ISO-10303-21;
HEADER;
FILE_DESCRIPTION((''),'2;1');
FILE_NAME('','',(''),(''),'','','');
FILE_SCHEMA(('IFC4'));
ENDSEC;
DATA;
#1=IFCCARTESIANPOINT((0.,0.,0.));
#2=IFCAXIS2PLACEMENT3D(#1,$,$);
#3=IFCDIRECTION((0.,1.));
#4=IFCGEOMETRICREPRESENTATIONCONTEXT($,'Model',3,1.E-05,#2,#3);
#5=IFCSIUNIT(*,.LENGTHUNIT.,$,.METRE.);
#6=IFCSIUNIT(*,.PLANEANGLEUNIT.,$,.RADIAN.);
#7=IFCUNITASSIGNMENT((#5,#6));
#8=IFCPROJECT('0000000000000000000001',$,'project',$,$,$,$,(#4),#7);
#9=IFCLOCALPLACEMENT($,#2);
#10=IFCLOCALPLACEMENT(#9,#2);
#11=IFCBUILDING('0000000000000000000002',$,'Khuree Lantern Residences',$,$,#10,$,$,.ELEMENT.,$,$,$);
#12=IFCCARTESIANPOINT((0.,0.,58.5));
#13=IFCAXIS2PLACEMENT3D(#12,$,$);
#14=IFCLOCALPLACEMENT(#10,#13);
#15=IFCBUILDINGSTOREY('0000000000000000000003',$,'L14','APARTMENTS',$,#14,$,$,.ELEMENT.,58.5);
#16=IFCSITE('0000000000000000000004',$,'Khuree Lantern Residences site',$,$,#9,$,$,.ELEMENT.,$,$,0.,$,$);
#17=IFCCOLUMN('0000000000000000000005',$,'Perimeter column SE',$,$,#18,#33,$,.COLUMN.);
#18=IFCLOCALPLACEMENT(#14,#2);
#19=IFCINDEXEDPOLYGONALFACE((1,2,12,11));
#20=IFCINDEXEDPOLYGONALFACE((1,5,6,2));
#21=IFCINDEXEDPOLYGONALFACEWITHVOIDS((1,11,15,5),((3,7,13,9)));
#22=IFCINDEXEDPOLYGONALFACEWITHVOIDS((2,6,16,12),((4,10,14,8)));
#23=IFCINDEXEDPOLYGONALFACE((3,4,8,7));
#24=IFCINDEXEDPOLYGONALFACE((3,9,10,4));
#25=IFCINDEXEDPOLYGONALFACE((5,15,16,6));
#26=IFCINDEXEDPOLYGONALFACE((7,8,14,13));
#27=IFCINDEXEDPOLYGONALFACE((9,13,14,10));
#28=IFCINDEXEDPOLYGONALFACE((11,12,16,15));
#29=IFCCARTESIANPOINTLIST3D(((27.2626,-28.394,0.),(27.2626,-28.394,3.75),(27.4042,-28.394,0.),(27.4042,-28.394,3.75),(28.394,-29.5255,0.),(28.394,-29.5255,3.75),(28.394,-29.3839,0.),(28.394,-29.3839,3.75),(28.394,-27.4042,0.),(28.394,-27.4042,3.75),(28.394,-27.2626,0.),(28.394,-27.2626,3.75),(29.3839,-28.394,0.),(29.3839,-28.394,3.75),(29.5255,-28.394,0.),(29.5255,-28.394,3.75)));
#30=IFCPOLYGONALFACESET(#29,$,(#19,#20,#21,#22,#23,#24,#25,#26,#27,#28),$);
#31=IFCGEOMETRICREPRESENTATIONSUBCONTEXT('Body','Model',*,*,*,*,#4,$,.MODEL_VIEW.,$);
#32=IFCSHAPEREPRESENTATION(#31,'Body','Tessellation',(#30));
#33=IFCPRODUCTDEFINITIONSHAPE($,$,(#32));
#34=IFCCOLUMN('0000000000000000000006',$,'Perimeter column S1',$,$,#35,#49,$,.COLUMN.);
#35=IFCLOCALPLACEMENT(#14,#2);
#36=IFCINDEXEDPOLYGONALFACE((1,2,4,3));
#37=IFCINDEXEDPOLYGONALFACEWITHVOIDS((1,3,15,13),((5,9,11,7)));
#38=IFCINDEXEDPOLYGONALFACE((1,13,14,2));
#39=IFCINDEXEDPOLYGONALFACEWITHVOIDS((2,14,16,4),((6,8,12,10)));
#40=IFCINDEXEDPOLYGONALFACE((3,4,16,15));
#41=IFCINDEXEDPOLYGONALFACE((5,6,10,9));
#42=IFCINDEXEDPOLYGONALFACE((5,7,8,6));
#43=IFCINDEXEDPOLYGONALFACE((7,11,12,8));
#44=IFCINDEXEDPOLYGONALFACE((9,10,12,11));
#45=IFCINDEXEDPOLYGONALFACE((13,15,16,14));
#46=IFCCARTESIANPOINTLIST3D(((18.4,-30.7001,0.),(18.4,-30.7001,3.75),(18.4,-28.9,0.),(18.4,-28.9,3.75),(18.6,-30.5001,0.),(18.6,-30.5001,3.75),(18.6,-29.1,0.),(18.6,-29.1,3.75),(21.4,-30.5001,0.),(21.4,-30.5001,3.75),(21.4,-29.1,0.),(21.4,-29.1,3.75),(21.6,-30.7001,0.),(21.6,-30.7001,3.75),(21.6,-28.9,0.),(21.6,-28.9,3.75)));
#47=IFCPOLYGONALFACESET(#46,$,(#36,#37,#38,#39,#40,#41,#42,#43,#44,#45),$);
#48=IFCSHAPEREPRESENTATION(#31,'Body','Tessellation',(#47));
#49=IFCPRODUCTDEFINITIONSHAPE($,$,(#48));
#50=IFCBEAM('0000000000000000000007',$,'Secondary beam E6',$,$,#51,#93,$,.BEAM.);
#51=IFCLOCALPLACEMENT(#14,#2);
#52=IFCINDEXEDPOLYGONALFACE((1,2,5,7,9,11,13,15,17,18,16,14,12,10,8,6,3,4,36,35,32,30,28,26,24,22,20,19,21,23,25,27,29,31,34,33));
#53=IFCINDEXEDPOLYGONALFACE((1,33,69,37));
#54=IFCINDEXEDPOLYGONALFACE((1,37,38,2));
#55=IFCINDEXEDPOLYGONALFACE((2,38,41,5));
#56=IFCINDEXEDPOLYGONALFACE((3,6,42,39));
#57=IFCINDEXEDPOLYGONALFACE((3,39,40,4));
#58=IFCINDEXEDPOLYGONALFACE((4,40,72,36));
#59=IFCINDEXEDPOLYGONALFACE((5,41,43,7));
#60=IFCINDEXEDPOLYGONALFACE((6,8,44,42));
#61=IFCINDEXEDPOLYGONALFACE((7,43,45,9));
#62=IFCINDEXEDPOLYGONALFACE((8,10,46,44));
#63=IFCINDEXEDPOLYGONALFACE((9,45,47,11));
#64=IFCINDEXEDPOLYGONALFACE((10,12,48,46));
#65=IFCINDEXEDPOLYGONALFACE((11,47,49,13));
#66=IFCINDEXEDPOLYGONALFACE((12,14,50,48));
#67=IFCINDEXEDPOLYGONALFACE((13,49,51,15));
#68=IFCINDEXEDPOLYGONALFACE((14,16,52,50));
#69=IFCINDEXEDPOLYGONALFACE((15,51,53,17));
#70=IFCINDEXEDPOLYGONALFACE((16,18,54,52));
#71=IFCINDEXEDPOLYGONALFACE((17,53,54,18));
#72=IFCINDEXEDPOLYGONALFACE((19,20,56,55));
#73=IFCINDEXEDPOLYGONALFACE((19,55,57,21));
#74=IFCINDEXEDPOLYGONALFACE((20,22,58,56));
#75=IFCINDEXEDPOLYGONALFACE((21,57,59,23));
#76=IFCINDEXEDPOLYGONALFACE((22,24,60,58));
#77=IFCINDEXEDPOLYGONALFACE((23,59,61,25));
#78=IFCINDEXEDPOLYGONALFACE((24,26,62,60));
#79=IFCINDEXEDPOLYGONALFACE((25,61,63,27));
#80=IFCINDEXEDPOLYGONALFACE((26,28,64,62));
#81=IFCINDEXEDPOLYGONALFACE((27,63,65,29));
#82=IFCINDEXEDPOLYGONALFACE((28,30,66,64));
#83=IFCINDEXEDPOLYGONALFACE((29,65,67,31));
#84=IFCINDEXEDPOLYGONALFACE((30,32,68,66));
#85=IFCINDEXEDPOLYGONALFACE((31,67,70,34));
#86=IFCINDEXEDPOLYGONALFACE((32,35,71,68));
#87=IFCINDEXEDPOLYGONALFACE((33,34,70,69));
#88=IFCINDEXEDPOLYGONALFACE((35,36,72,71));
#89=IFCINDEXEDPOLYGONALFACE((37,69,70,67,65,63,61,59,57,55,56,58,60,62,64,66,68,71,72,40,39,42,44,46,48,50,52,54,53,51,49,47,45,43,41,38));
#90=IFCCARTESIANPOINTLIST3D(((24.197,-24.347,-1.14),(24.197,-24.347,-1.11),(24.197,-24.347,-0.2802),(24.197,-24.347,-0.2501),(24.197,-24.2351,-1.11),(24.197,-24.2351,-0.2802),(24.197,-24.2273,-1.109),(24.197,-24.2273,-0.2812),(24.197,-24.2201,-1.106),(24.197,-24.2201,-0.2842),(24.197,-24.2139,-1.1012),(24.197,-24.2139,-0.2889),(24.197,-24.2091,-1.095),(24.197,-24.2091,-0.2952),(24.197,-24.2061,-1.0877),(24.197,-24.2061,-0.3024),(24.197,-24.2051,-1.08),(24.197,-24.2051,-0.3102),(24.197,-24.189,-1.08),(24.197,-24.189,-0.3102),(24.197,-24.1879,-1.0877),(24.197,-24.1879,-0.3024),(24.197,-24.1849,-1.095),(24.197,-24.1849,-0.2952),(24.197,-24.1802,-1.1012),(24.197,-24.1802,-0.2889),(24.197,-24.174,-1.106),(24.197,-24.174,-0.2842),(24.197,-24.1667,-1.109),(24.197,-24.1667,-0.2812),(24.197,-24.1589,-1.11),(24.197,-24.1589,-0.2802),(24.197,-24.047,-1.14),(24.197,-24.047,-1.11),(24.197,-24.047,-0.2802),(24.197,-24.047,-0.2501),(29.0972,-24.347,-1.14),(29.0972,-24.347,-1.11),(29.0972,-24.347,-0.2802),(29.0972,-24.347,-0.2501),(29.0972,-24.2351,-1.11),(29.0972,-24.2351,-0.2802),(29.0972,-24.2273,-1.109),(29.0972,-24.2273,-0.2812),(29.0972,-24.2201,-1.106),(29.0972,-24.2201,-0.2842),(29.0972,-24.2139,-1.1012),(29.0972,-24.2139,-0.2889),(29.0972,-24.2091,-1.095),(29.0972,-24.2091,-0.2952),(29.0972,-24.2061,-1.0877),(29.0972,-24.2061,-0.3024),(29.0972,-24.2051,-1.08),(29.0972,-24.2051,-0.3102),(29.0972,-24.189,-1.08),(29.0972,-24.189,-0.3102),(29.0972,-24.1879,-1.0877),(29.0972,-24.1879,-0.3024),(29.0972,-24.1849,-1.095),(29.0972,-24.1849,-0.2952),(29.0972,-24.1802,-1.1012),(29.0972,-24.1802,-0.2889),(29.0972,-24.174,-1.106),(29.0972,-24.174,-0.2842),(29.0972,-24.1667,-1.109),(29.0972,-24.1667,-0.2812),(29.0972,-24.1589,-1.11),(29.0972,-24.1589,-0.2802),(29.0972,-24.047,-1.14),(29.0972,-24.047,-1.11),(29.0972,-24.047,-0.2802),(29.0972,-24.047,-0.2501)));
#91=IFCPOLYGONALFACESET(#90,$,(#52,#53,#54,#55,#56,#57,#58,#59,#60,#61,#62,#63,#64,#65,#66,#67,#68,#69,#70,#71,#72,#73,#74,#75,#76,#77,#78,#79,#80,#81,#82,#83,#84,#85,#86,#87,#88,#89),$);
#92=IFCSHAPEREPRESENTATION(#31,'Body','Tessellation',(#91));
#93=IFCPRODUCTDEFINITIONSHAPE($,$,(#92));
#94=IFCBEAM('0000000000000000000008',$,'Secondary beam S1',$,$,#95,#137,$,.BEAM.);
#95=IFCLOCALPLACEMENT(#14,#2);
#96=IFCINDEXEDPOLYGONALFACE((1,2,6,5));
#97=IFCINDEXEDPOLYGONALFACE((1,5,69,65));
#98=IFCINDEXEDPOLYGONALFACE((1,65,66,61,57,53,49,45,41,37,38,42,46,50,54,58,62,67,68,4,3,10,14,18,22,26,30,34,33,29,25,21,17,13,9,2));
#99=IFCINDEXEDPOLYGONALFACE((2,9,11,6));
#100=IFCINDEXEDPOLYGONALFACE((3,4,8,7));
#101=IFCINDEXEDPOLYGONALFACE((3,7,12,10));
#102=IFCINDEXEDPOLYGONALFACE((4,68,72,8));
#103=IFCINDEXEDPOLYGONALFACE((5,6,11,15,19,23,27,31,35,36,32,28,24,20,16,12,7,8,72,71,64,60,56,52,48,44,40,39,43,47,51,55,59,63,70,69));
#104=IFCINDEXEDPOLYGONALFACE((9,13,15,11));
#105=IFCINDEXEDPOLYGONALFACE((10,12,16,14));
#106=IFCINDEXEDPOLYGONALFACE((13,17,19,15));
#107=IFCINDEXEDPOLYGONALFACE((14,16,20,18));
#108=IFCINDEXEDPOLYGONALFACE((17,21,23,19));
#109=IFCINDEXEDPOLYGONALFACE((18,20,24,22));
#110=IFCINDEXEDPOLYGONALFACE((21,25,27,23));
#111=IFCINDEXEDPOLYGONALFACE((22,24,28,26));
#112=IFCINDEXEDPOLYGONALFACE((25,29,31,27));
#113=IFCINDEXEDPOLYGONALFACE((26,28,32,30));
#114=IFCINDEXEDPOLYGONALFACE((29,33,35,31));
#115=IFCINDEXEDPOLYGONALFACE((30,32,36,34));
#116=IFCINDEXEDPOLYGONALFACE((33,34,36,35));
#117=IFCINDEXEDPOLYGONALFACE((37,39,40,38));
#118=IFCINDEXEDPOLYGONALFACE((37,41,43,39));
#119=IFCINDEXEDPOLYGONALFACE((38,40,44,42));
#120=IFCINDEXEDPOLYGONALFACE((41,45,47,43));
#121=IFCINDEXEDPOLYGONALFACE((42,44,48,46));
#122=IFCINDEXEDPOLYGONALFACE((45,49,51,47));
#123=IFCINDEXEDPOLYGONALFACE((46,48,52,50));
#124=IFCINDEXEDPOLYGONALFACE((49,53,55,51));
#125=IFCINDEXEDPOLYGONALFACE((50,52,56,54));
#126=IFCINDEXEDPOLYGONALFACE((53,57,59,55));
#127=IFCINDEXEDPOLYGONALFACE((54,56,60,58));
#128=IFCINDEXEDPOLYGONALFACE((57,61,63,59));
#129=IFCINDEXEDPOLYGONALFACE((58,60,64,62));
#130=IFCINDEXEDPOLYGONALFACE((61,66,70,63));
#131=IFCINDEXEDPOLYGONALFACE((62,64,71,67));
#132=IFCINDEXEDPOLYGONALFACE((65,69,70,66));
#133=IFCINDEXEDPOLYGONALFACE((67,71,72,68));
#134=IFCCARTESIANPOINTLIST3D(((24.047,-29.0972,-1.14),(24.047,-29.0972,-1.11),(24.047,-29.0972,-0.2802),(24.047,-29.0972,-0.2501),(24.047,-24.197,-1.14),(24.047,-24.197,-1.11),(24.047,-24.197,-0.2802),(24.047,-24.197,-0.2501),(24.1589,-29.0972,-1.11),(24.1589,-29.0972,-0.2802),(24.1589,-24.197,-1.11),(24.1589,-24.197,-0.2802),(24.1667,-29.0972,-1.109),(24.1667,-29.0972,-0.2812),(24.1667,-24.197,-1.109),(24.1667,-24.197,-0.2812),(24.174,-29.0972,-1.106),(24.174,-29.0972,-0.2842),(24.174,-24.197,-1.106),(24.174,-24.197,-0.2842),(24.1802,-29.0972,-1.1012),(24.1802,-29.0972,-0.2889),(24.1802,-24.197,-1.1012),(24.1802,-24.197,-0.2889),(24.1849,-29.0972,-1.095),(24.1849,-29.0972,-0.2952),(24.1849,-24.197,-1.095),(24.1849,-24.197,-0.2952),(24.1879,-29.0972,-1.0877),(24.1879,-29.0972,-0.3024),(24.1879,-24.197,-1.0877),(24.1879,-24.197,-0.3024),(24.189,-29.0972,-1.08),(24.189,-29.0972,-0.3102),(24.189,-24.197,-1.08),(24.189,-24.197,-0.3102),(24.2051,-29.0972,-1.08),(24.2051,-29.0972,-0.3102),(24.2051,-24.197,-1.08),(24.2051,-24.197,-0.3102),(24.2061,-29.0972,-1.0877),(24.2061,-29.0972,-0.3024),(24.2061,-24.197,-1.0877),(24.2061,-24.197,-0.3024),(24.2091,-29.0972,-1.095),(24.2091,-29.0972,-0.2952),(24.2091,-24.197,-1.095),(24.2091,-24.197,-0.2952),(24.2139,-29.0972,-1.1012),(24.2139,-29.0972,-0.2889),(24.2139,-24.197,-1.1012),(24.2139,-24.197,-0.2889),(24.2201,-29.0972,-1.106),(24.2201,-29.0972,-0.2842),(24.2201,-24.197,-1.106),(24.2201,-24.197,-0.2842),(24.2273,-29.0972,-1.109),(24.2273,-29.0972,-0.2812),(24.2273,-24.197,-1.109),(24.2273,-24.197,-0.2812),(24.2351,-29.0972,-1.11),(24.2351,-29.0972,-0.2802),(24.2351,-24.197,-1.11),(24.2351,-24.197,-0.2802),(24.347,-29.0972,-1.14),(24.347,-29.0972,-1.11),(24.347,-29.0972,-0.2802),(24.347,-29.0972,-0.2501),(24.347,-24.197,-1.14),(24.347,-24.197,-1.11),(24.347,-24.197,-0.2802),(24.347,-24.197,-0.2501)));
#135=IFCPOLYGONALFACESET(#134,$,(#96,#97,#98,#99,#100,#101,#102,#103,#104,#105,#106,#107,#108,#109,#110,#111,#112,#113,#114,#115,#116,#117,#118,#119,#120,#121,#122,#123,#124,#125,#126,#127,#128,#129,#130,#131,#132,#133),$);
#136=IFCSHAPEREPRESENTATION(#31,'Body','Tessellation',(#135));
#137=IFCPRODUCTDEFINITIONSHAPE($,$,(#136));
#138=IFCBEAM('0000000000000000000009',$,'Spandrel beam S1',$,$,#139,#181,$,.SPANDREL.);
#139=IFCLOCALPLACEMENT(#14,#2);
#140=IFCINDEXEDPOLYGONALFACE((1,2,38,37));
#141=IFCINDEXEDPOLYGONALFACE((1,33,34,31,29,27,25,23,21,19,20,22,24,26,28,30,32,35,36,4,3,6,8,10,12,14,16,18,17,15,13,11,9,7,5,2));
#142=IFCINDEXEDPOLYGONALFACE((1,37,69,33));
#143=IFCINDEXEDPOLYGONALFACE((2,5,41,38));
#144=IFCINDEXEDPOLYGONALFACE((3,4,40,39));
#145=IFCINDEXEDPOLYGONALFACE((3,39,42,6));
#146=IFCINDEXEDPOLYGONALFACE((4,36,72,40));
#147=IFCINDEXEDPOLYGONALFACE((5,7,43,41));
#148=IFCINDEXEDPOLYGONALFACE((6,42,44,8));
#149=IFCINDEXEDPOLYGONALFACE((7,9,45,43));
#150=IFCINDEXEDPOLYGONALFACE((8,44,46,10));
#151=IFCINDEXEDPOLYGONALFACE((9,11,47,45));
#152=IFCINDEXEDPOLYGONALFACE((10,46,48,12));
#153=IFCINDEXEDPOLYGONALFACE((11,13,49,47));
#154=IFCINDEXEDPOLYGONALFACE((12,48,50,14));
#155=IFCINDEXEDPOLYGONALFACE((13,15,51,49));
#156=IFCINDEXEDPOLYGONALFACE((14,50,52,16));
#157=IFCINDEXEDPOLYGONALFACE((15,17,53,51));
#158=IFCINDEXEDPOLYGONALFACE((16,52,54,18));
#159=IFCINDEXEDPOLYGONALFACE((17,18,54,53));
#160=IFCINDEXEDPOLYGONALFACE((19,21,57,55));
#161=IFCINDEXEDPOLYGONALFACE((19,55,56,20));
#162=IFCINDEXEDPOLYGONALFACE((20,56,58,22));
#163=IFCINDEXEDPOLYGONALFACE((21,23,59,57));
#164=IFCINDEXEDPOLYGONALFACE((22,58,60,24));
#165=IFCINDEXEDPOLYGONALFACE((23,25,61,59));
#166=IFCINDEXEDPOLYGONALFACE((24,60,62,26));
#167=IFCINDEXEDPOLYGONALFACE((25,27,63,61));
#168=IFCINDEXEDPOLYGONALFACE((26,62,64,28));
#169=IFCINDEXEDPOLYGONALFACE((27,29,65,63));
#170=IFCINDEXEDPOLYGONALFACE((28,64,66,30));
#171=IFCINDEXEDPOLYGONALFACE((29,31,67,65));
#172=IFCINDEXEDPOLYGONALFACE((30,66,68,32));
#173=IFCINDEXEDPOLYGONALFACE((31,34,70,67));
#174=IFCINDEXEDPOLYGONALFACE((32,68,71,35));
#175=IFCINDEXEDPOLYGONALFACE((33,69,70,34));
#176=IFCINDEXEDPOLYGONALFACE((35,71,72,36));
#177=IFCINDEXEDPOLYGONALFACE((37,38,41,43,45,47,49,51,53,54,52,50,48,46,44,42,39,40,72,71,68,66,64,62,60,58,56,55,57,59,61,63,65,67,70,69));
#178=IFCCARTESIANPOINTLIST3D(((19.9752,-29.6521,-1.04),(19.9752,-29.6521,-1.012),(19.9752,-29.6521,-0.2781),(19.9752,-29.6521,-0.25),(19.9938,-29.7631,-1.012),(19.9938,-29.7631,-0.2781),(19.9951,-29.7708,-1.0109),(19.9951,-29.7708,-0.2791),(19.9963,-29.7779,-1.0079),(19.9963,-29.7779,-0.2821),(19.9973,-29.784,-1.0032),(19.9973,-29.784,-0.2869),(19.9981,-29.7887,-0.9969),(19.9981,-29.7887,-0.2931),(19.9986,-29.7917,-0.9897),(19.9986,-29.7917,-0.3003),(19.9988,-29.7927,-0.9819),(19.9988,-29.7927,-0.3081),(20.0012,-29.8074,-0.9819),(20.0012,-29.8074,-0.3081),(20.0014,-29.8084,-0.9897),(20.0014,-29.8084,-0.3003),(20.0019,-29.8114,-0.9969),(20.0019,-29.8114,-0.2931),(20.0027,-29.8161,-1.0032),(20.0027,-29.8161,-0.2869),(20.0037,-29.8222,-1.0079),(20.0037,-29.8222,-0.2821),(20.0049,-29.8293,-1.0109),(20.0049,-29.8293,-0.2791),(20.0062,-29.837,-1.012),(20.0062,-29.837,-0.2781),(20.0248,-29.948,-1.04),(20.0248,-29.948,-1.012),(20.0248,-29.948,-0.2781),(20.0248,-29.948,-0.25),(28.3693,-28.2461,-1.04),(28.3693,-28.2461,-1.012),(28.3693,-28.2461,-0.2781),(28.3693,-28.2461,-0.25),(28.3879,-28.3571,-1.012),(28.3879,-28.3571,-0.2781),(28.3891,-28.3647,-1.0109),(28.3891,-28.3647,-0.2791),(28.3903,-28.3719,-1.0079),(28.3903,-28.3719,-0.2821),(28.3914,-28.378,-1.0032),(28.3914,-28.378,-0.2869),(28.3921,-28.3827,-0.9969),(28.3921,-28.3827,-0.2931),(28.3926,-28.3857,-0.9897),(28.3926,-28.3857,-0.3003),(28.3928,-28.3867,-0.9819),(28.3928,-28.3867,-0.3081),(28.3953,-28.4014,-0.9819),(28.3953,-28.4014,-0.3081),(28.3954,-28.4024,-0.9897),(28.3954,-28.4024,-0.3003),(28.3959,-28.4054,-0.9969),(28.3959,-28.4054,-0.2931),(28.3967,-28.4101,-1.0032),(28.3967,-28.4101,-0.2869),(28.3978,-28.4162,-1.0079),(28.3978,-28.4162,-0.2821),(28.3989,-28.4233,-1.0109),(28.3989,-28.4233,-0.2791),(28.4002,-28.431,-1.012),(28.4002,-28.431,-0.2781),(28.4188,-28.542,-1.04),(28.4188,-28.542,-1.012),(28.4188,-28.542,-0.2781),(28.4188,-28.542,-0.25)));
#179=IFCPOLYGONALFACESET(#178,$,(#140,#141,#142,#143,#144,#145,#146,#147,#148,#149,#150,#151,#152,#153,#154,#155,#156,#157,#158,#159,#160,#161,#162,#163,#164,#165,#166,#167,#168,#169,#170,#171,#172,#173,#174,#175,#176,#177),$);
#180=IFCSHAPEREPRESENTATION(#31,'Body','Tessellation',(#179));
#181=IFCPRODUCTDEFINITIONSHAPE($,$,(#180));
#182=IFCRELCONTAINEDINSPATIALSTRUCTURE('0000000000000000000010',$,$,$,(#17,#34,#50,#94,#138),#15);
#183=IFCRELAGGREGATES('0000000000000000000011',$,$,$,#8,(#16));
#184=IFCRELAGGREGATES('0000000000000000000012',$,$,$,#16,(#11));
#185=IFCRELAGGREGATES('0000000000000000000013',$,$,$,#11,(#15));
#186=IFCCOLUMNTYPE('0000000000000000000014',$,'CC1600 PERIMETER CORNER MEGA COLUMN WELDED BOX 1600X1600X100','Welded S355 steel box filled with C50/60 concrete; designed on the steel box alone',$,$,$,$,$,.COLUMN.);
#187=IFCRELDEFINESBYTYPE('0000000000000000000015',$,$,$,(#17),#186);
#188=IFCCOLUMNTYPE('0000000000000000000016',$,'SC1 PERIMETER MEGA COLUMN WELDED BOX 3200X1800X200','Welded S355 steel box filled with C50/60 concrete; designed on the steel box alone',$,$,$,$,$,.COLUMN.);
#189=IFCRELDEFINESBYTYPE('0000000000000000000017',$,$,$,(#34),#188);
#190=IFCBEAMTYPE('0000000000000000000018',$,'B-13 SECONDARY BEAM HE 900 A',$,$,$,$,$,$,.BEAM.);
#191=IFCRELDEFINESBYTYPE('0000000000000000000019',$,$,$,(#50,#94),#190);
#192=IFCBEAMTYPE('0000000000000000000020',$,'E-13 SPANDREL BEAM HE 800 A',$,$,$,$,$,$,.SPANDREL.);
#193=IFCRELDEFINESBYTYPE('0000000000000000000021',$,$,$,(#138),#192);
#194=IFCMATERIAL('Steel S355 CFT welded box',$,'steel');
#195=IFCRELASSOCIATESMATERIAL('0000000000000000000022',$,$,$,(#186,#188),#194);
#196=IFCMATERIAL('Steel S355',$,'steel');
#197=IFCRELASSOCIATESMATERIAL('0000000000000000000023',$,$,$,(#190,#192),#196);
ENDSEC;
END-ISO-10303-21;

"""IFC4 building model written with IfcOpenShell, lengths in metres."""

from ifc_helpers import new_model, si_unit, direction, frame, origin, origin_2d, place, context, subcontext, project, spatial, hollow_rectangle, i_section, extrude, material, material_profile, profile_set, type_object, element, save


model = new_model("IFC4")

# Units and contexts
model_context = context("Model", 3, precision=1e-05, world=origin(), true_north=direction((0.0, 1.0)))
body_context = subcontext(model_context, "Body", "Model", "MODEL_VIEW")
ifc_project = project(units=[si_unit("LENGTHUNIT", "METRE"), si_unit("PLANEANGLEUNIT", "RADIAN")], contexts=[model_context])

# Site, building, storey
site_placement = place(None, origin())
site = spatial("IfcSite", under=ifc_project, at=site_placement, Name="Khuree Lantern Residences site", CompositionType="ELEMENT", RefElevation=0.0)
building_placement = place(site_placement, origin())
building = spatial("IfcBuilding", under=site, at=building_placement, Name="Khuree Lantern Residences", CompositionType="ELEMENT")
storey_placement = place(building_placement, frame((0.0, 0.0, 58.5)))
storey = spatial("IfcBuildingStorey", under=building, at=storey_placement, Name="L14", Description="APARTMENTS", CompositionType="ELEMENT", Elevation=58.5)

# Columns
ifc_material_1 = material(Name="Steel S355 CFT welded box", Category="steel")
ifc_material_profile_1 = material_profile(ifc_material_1, hollow_rectangle(XDim=1.6001, YDim=1.6001, WallThickness=0.1001, at=origin_2d()), Name="WELDED BOX 1600X1600X100")
ifc_profile_set_1 = profile_set([ifc_material_profile_1], Name="Steel S355 CFT welded box")
column_type_1 = type_object("IfcColumnType", Name="CC1600 PERIMETER CORNER MEGA COLUMN WELDED BOX 1600X1600X100", Description="Welded S355 steel box filled with C50/60 concrete; designed on the steel box alone", PredefinedType="COLUMN", material=ifc_profile_set_1)
column_1_placement = place(storey_placement, frame((28.394, -28.394, 0.0), z_axis=(0.0, 0.0, 1.0), x_axis=(0.707107, 0.707107, 0.0)))
element("IfcColumn", 1, at=column_1_placement, inside=storey, type_object=column_type_1, Name="Perimeter column SE", PredefinedType="COLUMN", context=body_context, shape_type="SweptSolid", body=[
    extrude(hollow_rectangle(XDim=1.6001, YDim=1.6001, WallThickness=0.1001, at=origin_2d()), origin(), (0.0, 0.0, 1.0), 3.75),
])
ifc_material_profile_2 = material_profile(ifc_material_1, hollow_rectangle(XDim=3.2, YDim=1.8, WallThickness=0.2, at=origin_2d()), Name="WELDED BOX 3200X1800X200")
ifc_profile_set_2 = profile_set([ifc_material_profile_2], Name="Steel S355 CFT welded box")
column_type_2 = type_object("IfcColumnType", Name="SC1 PERIMETER MEGA COLUMN WELDED BOX 3200X1800X200", Description="Welded S355 steel box filled with C50/60 concrete; designed on the steel box alone", PredefinedType="COLUMN", material=ifc_profile_set_2)
column_2_placement = place(storey_placement, frame((20.0, -29.8, 0.0), z_axis=(0.0, 0.0, 1.0), x_axis=(1.0, 0.0, 0.0)))
element("IfcColumn", 2, at=column_2_placement, inside=storey, type_object=column_type_2, Name="Perimeter column S1", PredefinedType="COLUMN", context=body_context, shape_type="SweptSolid", body=[
    extrude(hollow_rectangle(XDim=3.2, YDim=1.8, WallThickness=0.2, at=origin_2d()), origin(), (0.0, 0.0, 1.0), 3.75),
])

# Beams
ifc_material_2 = material(Name="Steel S355", Category="steel")
ifc_material_profile_3 = material_profile(ifc_material_2, i_section(OverallWidth=0.3, OverallDepth=0.8899, WebThickness=0.0161, FlangeThickness=0.03, FilletRadius=0.03, at=origin_2d()), Name="HE 900 A")
ifc_profile_set_3 = profile_set([ifc_material_profile_3], Name="Steel S355")
beam_type_1 = type_object("IfcBeamType", Name="B-13 SECONDARY BEAM HE 900 A", PredefinedType="BEAM", material=ifc_profile_set_3)
for number, where, z_axis, x_axis, name in (
    (3, (29.0972, -24.197, -0.6951), (-1.0, 0.0, 0.0), (0.0, -1.0, 0.0), "Secondary beam E6"),
    (4, (24.197, -29.0972, -0.6951), (0.0, 1.0, 0.0), (-1.0, 0.0, 0.0), "Secondary beam S1"),
):
    element("IfcBeam", number, at=place(storey_placement, frame(where, z_axis=z_axis, x_axis=x_axis)), inside=storey, type_object=beam_type_1, Name=name, PredefinedType="BEAM", context=body_context, shape_type="SweptSolid", body=[
        extrude(i_section(OverallWidth=0.3, OverallDepth=0.8899, WebThickness=0.0161, FlangeThickness=0.03, FilletRadius=0.03, at=origin_2d()), origin(), (0.0, 0.0, 1.0), 4.9001),
    ])
ifc_material_profile_4 = material_profile(ifc_material_2, i_section(OverallWidth=0.3, OverallDepth=0.79, WebThickness=0.0149, FlangeThickness=0.0281, FilletRadius=0.03, at=origin_2d()), Name="HE 800 A")
ifc_profile_set_4 = profile_set([ifc_material_profile_4], Name="Steel S355")
beam_type_2 = type_object("IfcBeamType", Name="E-13 SPANDREL BEAM HE 800 A", PredefinedType="SPANDREL", material=ifc_profile_set_4)
beam_1_placement = place(storey_placement, frame((28.394, -28.394, -0.645), z_axis=(-0.98626, -0.165199, 0.0), x_axis=(0.165199, -0.98626, 0.0)))
element("IfcBeam", 5, at=beam_1_placement, inside=storey, type_object=beam_type_2, Name="Spandrel beam S1", PredefinedType="SPANDREL", context=body_context, shape_type="SweptSolid", body=[
    extrude(i_section(OverallWidth=0.3, OverallDepth=0.79, WebThickness=0.0149, FlangeThickness=0.0281, FilletRadius=0.03, at=origin_2d()), origin(), (0.0, 0.0, 1.0), 8.511),
])

save(model, "model.ifc")
